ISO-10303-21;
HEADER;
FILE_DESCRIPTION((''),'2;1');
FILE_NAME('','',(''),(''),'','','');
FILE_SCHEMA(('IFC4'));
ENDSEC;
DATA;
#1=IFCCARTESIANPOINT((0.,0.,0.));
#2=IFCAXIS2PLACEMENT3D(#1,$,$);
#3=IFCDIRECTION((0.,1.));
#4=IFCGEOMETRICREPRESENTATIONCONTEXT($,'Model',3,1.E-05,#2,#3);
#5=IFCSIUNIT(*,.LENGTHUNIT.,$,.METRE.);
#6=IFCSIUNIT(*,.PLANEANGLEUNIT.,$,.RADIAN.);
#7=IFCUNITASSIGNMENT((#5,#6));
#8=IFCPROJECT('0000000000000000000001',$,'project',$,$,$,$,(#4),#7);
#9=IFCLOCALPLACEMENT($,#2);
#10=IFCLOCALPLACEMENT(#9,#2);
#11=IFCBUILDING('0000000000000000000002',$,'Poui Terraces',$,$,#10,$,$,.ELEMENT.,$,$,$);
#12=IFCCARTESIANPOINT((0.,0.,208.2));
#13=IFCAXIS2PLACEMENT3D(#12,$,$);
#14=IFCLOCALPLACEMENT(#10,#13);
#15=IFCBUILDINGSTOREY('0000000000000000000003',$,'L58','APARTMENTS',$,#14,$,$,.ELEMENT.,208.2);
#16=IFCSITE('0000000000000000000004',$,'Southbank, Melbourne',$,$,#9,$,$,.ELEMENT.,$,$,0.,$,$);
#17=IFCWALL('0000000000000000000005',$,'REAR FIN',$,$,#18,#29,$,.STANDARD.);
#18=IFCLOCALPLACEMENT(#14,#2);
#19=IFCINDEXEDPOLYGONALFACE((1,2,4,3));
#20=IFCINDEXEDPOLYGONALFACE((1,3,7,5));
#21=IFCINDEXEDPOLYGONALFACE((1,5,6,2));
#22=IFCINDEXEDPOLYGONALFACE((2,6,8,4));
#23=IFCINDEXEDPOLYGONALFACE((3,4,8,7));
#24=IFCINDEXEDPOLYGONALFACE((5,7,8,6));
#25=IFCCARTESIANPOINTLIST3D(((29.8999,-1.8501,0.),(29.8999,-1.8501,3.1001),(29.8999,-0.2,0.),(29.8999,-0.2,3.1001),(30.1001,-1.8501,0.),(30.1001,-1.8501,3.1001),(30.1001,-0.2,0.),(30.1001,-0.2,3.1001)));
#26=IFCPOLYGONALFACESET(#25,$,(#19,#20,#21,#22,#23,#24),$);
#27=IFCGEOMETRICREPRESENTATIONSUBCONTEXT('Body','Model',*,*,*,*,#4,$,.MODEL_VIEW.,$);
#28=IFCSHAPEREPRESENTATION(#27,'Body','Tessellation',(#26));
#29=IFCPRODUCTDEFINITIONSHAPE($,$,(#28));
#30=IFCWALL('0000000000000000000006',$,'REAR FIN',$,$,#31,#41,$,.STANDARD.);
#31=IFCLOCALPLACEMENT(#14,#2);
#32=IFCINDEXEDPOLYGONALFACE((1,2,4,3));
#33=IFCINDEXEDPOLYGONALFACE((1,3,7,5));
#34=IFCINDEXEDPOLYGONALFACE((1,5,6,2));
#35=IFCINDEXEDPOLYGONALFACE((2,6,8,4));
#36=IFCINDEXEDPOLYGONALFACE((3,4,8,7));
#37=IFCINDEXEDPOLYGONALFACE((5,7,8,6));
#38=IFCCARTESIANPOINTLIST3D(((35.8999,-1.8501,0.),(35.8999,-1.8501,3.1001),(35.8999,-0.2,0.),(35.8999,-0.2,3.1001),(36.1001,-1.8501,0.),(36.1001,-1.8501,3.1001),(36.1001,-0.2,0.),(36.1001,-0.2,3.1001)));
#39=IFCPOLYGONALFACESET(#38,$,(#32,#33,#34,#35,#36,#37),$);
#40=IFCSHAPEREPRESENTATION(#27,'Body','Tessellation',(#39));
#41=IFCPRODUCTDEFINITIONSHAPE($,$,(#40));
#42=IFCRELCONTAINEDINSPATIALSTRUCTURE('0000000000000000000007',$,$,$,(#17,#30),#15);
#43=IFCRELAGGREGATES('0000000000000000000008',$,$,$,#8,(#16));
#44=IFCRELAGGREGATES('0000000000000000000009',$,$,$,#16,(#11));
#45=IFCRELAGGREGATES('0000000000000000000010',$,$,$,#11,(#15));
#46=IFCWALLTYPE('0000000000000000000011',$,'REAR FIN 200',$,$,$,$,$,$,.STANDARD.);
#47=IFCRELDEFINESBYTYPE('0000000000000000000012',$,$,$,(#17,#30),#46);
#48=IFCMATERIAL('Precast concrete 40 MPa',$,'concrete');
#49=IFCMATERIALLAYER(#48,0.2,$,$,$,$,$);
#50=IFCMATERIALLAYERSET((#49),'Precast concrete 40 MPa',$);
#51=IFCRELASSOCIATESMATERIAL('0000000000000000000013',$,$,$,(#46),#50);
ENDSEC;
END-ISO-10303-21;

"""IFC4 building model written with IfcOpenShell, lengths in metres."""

from ifc_helpers import new_model, si_unit, direction, frame, origin, place, context, subcontext, project, spatial, polyline, outline, extrude, source, transform, mapped, material, layer, layer_set, type_object, element, save


model = new_model("IFC4")

# Units and contexts
model_context = context("Model", 3, precision=1e-05, world=origin(), true_north=direction((0.0, 1.0)))
body_context = subcontext(model_context, "Body", "Model", "MODEL_VIEW")
ifc_project = project(units=[si_unit("LENGTHUNIT", "METRE"), si_unit("PLANEANGLEUNIT", "RADIAN")], contexts=[model_context])

# Site, building, storey
site_placement = place(None, origin())
site = spatial("IfcSite", under=ifc_project, at=site_placement, Name="Southbank, Melbourne", CompositionType="ELEMENT", RefElevation=0.0)
building_placement = place(site_placement, origin())
building = spatial("IfcBuilding", under=site, at=building_placement, Name="Poui Terraces", CompositionType="ELEMENT")
storey_placement = place(building_placement, frame((0.0, 0.0, 208.2)))
storey = spatial("IfcBuildingStorey", under=building, at=storey_placement, Name="L58", Description="APARTMENTS", CompositionType="ELEMENT", Elevation=208.2)

# Shared definitions
ifc_material_1 = material(Name="Precast concrete 40 MPa", Category="concrete")

# Walls
ifc_layer_1 = layer(ifc_material_1, 0.2)
ifc_layer_set_1 = layer_set([ifc_layer_1], Name="Precast concrete 40 MPa")
wall_type_1 = type_object("IfcWallType", Name="REAR FIN 200", PredefinedType="STANDARD", material=ifc_layer_set_1)
shared_shape_1 = source(origin(), body_context, "Body", "SweptSolid", [
    extrude(outline(polyline([(0.0, 0.0), (0.2002, 0.0), (0.2002, 1.6501), (0.0, 1.6501), (0.0, 0.0)])), origin(), (0.0, 0.0, 1.0), 3.1001),
])
for number, where, name in (
    (1, (29.8999, -1.8501, 0.0), "REAR FIN"),
    (2, (35.8999, -1.8501, 0.0), "REAR FIN"),
):
    element("IfcWall", number, at=place(storey_placement, frame(where)), inside=storey, type_object=wall_type_1, Name=name, PredefinedType="STANDARD", context=body_context, shape_type="MappedRepresentation", body=[
        mapped(shared_shape_1, transform((0.0, 0.0, 0.0))),
    ])

save(model, "model.ifc")
